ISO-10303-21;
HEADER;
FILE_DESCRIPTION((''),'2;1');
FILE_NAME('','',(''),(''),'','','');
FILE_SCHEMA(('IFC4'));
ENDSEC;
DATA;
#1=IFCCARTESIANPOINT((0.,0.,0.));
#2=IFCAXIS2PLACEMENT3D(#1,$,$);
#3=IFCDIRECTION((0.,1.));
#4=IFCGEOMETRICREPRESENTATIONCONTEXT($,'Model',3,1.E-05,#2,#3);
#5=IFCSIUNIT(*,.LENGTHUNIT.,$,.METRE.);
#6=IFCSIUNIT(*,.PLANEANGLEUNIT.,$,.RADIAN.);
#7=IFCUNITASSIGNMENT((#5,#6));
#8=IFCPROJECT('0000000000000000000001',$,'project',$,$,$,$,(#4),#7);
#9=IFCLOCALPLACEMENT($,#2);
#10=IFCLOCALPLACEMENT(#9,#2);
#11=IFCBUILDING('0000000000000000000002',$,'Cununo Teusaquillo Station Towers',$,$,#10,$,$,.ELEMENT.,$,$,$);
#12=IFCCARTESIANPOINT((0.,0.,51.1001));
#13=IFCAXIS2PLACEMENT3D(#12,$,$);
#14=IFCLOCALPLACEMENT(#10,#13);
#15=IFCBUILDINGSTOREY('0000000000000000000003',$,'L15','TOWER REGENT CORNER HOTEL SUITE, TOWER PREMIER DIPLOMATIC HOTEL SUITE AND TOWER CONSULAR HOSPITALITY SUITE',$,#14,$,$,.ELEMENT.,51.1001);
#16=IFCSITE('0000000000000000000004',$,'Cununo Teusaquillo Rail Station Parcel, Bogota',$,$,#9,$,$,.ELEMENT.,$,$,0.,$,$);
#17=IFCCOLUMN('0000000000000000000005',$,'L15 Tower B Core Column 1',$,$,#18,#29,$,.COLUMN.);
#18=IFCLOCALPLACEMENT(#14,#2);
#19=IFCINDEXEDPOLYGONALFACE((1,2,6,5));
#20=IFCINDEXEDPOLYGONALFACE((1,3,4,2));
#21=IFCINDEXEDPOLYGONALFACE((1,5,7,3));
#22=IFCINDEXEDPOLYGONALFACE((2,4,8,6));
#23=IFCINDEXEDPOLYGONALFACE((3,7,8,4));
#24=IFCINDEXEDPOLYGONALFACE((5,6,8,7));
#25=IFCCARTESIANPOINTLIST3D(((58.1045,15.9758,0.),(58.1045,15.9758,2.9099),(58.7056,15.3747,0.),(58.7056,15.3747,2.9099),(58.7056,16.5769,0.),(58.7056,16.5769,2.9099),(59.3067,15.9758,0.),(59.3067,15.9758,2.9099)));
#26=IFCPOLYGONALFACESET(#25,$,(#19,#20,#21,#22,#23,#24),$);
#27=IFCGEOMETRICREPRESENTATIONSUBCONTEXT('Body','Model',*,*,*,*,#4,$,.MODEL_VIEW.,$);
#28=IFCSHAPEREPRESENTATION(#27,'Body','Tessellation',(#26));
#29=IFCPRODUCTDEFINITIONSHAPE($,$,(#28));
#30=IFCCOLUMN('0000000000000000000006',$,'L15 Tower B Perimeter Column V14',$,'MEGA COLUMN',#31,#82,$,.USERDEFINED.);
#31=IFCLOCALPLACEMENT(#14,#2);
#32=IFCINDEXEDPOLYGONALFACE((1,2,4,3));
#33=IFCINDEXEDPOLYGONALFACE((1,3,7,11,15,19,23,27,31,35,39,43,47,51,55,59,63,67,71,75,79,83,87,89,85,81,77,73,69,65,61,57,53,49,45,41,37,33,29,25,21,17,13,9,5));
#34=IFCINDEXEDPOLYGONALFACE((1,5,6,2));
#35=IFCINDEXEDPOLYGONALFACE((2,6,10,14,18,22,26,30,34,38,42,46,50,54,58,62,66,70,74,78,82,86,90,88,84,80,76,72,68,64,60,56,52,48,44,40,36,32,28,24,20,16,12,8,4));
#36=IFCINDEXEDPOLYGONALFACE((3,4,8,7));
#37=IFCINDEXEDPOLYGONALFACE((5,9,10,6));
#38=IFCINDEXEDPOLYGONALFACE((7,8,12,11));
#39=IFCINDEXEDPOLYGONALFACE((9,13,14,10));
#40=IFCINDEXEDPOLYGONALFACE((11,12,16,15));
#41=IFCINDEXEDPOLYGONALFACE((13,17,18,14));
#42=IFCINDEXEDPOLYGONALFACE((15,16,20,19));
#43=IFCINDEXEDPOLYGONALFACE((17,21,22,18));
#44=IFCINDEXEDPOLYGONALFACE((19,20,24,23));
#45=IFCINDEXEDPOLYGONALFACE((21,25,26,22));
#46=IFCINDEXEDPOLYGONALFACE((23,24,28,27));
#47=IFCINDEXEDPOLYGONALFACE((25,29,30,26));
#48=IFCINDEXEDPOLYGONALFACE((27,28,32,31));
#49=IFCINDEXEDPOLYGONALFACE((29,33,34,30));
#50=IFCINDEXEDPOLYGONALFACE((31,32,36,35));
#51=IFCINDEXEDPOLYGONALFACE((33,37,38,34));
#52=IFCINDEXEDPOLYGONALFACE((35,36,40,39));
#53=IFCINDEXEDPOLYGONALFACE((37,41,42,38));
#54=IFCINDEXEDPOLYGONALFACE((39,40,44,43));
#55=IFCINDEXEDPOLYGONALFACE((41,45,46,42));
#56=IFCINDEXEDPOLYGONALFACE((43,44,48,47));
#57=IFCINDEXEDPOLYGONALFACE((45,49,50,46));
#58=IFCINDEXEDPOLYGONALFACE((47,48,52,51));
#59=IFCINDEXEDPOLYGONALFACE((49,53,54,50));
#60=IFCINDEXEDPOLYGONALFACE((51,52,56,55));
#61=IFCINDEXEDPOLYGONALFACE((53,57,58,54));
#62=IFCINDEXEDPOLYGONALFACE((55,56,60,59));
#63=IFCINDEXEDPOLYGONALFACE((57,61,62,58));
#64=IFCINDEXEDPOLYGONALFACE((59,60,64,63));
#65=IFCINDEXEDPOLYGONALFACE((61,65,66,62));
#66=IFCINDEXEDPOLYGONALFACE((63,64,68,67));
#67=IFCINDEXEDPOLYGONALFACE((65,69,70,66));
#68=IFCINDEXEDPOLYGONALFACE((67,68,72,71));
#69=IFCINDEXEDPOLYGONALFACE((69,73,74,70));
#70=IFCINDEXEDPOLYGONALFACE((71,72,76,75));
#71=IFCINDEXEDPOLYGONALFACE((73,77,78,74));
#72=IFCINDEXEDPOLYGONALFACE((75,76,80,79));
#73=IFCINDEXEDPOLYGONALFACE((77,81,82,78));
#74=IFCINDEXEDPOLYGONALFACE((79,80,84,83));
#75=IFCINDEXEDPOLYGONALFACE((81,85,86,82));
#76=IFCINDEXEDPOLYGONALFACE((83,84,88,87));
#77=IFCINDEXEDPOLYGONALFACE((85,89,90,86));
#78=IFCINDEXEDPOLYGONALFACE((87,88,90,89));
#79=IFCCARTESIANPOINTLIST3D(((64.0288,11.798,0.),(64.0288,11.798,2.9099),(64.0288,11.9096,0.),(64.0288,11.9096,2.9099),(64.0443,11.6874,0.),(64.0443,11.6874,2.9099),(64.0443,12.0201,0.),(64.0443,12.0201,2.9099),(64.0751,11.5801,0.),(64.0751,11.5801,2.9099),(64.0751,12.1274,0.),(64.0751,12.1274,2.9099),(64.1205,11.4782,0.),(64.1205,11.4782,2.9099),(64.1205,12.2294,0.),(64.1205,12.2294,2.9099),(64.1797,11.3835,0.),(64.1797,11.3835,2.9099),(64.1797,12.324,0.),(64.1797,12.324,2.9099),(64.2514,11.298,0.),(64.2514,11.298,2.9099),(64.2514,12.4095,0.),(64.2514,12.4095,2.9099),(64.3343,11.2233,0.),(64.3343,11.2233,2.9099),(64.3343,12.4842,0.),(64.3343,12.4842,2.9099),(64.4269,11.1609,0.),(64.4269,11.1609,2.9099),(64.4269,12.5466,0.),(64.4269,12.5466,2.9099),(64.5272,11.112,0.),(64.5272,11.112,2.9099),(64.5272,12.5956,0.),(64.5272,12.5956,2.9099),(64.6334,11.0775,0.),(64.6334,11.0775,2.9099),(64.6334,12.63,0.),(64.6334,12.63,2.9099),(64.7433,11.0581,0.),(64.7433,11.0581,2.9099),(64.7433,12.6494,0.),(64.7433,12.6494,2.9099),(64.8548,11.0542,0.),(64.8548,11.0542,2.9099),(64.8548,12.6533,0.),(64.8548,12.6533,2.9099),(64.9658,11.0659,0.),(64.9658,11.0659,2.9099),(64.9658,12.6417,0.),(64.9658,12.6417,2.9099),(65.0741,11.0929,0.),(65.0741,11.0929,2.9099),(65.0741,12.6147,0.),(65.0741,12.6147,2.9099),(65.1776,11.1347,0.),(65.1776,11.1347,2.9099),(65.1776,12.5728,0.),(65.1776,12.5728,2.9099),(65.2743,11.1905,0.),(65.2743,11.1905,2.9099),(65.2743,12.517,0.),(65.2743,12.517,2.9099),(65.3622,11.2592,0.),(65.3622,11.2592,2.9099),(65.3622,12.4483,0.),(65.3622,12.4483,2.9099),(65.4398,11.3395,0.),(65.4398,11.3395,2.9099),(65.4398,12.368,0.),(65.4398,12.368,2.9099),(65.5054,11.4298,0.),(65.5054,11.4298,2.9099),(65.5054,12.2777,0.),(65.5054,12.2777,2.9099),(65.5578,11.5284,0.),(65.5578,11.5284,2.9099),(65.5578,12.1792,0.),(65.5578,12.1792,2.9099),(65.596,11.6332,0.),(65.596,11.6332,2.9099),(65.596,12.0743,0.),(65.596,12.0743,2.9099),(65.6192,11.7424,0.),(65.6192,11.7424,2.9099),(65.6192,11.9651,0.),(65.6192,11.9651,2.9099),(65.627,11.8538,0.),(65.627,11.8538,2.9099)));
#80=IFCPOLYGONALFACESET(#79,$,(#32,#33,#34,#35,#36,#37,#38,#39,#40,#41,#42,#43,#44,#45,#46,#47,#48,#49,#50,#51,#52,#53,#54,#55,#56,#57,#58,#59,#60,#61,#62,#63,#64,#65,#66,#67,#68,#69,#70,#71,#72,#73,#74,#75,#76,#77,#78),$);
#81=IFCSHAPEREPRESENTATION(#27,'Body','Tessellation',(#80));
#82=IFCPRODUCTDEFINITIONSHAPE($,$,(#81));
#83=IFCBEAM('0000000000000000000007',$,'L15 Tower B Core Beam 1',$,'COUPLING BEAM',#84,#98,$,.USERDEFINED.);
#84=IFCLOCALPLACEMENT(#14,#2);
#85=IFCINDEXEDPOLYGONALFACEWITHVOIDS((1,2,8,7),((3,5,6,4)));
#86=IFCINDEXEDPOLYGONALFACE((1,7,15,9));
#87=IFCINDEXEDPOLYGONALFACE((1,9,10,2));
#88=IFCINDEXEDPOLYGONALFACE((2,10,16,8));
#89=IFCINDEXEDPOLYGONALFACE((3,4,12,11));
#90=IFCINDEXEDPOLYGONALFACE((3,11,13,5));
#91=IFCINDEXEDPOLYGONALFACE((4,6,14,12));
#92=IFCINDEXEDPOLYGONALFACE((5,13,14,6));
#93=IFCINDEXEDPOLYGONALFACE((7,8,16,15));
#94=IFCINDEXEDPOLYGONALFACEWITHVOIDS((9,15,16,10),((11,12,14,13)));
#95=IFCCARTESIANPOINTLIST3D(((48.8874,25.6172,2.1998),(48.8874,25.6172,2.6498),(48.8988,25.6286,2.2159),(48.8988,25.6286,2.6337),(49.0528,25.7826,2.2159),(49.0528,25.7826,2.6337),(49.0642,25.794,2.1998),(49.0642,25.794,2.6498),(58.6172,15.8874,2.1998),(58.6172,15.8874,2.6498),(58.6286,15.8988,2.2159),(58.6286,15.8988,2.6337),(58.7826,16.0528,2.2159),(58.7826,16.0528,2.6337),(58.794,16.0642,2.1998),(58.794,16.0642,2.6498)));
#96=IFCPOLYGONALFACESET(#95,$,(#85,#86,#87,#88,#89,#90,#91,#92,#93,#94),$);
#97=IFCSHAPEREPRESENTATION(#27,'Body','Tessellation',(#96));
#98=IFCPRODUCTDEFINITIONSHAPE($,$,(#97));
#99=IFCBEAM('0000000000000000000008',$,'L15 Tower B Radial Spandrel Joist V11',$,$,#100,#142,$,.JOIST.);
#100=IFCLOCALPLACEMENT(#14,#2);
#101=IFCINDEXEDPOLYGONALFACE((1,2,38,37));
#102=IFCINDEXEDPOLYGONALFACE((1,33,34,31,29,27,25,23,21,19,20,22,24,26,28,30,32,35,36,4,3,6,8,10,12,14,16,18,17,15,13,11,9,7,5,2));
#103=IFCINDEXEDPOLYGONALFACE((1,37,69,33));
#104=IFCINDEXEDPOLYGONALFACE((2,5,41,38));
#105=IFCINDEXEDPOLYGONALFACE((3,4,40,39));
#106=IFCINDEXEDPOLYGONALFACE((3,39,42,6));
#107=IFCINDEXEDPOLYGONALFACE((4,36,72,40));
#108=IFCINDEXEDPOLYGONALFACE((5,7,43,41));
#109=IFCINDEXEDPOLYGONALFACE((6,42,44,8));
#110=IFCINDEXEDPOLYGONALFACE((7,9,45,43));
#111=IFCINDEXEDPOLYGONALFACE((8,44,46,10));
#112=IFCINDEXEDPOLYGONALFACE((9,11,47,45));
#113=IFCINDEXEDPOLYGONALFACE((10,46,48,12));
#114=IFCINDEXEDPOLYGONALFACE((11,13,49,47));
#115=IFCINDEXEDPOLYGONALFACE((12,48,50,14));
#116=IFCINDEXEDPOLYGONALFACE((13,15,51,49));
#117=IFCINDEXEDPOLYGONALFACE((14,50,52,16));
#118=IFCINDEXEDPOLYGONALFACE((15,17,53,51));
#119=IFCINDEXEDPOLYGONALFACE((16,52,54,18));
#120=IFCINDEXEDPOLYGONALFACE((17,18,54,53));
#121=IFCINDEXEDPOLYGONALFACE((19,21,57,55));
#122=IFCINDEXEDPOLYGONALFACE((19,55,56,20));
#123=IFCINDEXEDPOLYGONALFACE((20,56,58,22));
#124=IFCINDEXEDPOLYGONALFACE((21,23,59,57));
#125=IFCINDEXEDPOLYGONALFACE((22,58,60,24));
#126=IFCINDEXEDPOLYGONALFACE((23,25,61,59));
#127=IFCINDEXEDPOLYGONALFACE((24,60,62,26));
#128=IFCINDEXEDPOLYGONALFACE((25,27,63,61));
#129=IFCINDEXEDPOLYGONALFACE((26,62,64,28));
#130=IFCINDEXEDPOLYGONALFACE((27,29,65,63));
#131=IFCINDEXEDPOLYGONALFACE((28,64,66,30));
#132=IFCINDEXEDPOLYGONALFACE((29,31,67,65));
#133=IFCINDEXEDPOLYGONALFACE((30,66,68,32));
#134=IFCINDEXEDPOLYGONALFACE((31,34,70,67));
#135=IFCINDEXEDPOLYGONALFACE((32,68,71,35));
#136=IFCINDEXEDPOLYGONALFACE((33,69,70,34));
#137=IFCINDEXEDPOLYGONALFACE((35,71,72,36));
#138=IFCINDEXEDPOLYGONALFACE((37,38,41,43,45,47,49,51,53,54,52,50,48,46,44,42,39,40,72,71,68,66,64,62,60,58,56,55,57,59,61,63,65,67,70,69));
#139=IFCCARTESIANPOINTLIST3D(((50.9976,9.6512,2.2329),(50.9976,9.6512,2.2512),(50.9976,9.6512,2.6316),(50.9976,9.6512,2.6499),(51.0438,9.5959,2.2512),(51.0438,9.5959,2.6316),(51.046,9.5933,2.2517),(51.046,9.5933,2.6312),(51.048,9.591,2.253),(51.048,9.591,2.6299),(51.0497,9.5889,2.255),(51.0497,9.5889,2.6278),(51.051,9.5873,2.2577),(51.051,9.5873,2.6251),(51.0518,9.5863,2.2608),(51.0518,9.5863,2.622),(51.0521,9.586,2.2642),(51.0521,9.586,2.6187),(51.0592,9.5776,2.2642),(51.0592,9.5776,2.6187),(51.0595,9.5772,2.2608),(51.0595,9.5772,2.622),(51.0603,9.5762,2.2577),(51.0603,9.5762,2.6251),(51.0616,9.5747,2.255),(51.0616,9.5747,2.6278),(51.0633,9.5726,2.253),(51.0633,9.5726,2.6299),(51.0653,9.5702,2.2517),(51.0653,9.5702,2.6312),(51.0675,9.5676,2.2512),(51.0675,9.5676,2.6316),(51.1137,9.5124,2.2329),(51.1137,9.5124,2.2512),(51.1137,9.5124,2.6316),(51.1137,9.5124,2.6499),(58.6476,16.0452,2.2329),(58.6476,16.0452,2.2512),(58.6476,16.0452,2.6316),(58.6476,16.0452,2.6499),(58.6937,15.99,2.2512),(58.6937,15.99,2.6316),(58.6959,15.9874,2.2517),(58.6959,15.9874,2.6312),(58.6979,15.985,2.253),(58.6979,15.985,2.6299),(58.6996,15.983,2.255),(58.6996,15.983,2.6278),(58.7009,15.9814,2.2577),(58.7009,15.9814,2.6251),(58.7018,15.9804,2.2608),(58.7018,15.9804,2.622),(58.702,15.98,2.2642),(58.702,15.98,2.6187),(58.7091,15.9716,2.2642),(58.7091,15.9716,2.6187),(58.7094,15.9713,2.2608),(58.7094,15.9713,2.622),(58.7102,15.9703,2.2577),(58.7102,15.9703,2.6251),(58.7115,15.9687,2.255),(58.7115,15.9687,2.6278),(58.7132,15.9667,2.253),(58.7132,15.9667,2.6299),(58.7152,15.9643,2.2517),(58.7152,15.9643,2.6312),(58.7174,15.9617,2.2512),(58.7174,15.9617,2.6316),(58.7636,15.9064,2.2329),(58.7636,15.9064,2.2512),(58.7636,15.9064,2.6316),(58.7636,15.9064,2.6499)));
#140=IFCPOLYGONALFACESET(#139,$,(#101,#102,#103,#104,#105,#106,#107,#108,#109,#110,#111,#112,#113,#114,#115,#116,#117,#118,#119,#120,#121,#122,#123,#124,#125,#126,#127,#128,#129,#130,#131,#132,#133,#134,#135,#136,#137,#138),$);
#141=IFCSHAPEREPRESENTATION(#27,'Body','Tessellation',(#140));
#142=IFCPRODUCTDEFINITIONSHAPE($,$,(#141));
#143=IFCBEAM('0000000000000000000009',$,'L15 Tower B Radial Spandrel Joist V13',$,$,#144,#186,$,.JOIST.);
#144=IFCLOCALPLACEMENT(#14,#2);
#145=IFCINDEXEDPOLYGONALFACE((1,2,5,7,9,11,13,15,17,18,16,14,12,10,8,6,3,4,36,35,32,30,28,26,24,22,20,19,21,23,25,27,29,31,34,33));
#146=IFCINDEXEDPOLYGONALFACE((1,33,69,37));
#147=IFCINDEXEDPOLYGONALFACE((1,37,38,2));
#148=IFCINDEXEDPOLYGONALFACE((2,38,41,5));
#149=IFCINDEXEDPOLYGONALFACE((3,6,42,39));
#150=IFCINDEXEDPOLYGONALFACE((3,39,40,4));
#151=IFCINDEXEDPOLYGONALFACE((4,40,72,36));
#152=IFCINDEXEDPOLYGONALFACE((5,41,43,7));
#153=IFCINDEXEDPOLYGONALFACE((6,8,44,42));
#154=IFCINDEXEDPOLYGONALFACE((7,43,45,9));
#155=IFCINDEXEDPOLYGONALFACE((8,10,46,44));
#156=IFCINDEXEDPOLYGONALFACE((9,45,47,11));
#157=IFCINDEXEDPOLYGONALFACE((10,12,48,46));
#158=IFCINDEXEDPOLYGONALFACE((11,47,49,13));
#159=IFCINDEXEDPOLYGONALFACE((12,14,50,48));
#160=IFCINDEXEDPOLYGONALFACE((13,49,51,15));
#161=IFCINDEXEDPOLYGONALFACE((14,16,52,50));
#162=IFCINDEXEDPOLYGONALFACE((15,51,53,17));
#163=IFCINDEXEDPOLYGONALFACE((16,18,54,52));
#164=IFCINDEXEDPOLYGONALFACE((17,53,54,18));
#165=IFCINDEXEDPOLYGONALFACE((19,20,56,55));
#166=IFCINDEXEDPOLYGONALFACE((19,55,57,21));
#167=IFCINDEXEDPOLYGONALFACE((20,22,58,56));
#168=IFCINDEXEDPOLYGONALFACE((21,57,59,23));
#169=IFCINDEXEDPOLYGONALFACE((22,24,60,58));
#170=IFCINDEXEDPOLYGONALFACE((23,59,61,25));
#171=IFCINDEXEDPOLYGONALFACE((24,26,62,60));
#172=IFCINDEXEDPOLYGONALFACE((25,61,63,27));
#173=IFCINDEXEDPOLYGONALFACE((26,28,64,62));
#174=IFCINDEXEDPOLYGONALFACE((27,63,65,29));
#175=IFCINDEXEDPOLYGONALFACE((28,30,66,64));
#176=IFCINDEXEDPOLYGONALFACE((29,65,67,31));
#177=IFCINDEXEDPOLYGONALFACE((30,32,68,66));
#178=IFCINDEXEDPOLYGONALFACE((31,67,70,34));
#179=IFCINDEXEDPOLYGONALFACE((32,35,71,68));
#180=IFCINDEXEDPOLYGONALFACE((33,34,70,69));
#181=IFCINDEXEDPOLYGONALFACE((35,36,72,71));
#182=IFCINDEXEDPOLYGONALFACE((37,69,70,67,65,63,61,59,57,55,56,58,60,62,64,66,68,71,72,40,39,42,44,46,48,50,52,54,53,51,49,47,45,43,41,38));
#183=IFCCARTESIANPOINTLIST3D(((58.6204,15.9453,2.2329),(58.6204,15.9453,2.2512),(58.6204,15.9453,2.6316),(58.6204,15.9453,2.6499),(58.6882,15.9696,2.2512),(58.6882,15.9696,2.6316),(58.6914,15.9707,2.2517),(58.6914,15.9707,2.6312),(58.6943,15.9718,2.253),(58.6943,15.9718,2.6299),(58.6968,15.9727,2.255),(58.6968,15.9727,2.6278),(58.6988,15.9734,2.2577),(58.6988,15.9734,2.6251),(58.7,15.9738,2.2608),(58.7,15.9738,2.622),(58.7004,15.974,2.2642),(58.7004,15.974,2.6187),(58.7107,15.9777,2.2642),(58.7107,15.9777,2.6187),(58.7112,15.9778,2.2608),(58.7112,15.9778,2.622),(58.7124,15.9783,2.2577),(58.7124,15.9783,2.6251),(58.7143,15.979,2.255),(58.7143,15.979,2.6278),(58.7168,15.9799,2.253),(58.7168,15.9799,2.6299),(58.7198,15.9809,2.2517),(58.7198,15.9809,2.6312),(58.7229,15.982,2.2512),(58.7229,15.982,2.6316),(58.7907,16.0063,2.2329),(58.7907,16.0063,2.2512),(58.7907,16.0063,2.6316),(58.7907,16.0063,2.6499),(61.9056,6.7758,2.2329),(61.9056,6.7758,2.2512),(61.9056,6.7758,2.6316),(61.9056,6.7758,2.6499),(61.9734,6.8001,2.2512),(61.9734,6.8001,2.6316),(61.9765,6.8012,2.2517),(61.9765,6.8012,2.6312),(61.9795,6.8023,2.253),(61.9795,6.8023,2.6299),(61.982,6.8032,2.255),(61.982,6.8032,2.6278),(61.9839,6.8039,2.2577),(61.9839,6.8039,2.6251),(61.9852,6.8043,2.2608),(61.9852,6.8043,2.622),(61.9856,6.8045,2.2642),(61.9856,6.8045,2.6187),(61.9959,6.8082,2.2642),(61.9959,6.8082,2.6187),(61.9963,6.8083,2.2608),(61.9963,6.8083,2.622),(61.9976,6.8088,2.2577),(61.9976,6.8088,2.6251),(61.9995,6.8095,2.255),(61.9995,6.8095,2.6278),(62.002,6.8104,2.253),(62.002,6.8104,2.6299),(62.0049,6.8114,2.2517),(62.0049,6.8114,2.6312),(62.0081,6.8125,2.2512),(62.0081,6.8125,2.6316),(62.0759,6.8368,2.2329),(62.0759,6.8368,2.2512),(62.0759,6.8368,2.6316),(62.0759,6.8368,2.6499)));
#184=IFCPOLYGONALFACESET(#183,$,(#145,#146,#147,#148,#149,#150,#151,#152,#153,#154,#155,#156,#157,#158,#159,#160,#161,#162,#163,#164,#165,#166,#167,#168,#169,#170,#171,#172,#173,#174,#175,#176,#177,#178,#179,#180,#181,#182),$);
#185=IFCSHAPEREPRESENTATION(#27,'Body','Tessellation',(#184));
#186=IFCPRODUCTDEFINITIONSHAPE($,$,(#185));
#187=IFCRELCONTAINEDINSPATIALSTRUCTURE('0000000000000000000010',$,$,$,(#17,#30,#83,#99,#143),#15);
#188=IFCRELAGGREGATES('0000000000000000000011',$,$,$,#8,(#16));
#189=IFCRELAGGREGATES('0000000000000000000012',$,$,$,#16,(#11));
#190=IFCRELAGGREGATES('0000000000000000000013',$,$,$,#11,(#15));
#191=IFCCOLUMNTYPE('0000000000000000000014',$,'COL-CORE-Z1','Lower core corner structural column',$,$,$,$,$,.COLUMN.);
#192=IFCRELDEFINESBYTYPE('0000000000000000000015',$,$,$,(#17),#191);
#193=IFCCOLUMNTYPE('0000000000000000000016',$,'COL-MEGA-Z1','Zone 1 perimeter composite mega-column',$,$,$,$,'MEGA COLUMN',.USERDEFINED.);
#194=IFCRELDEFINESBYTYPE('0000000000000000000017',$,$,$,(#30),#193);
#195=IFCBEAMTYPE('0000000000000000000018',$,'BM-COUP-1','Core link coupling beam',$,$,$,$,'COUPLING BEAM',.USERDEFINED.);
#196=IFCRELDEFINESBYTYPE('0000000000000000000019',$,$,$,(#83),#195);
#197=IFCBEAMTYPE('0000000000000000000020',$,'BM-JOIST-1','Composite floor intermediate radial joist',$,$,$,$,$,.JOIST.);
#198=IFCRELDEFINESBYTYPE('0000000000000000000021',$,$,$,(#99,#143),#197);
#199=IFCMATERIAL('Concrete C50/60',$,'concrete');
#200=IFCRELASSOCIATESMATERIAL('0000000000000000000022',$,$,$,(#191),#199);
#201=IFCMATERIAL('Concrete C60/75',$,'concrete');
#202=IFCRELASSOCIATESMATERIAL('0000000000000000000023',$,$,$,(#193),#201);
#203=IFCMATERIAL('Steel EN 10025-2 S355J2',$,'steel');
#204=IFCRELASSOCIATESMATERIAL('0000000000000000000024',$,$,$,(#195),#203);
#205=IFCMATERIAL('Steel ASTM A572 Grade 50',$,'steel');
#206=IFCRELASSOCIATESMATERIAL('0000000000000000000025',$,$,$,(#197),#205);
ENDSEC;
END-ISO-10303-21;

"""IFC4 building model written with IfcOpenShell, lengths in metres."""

from ifc_helpers import new_model, si_unit, direction, frame, origin, origin_2d, place, context, subcontext, project, spatial, rectangle, hollow_rectangle, circle, i_section, extrude, material, material_profile, profile_set, type_object, element, save


model = new_model("IFC4")

# Units and contexts
model_context = context("Model", 3, precision=1e-05, world=origin(), true_north=direction((0.0, 1.0)))
body_context = subcontext(model_context, "Body", "Model", "MODEL_VIEW")
ifc_project = project(units=[si_unit("LENGTHUNIT", "METRE"), si_unit("PLANEANGLEUNIT", "RADIAN")], contexts=[model_context])

# Site, building, storey
site_placement = place(None, origin())
site = spatial("IfcSite", under=ifc_project, at=site_placement, Name="Cununo Teusaquillo Rail Station Parcel, Bogota", CompositionType="ELEMENT", RefElevation=0.0)
building_placement = place(site_placement, origin())
building = spatial("IfcBuilding", under=site, at=building_placement, Name="Cununo Teusaquillo Station Towers", CompositionType="ELEMENT")
storey_placement = place(building_placement, frame((0.0, 0.0, 51.1001)))
storey = spatial("IfcBuildingStorey", under=building, at=storey_placement, Name="L15", Description="TOWER REGENT CORNER HOTEL SUITE, TOWER PREMIER DIPLOMATIC HOTEL SUITE AND TOWER CONSULAR HOSPITALITY SUITE", CompositionType="ELEMENT", Elevation=51.1001)

# Columns
ifc_material_1 = material(Name="Concrete C50/60", Category="concrete")
ifc_material_profile_1 = material_profile(ifc_material_1, rectangle(XDim=0.8501, YDim=0.8501, at=origin_2d()), Name="RC-RECT-850x850")
ifc_profile_set_1 = profile_set([ifc_material_profile_1], Name="Concrete C50/60")
column_type_1 = type_object("IfcColumnType", Name="COL-CORE-Z1", Description="Lower core corner structural column", PredefinedType="COLUMN", material=ifc_profile_set_1)
column_1_placement = place(storey_placement, frame((58.7056, 15.9758, 0.0), z_axis=(0.0, 0.0, 1.0), x_axis=(0.707107, 0.707107, 0.0)))
element("IfcColumn", 1, at=column_1_placement, inside=storey, type_object=column_type_1, Name="L15 Tower B Core Column 1", PredefinedType="COLUMN", context=body_context, shape_type="SweptSolid", body=[
    extrude(rectangle(XDim=0.8501, YDim=0.8501, at=origin_2d()), origin(), (0.0, 0.0, 1.0), 2.9099),
])
ifc_material_2 = material(Name="Concrete C60/75", Category="concrete")
ifc_material_profile_2 = material_profile(ifc_material_2, circle(Radius=0.8, at=origin_2d()), Name="RC-CIRC-1600")
ifc_profile_set_2 = profile_set([ifc_material_profile_2], Name="Concrete C60/75")
column_type_2 = type_object("IfcColumnType", Name="COL-MEGA-Z1", Description="Zone 1 perimeter composite mega-column", ElementType="MEGA COLUMN", PredefinedType="USERDEFINED", material=ifc_profile_set_2)
column_2_placement = place(storey_placement, frame((64.8269, 11.8538, 0.0), z_axis=(0.0, 0.0, 1.0), x_axis=(1.0, 0.0, 0.0)))
element("IfcColumn", 2, at=column_2_placement, inside=storey, type_object=column_type_2, Name="L15 Tower B Perimeter Column V14", ObjectType="MEGA COLUMN", PredefinedType="USERDEFINED", context=body_context, shape_type="SweptSolid", body=[
    extrude(circle(Radius=0.8, at=origin_2d()), origin(), (0.0, 0.0, 1.0), 2.9099),
])

# Beams
ifc_material_3 = material(Name="Steel EN 10025-2 S355J2", Category="steel")
ifc_material_profile_3 = material_profile(ifc_material_3, hollow_rectangle(XDim=0.25, YDim=0.45, WallThickness=0.0161, at=origin_2d()), Name="RHS 450x250x16")
ifc_profile_set_3 = profile_set([ifc_material_profile_3], Name="Steel EN 10025-2 S355J2")
beam_type_1 = type_object("IfcBeamType", Name="BM-COUP-1", Description="Core link coupling beam", ElementType="COUPLING BEAM", PredefinedType="USERDEFINED", material=ifc_profile_set_3)
beam_1_placement = place(storey_placement, frame((58.7056, 15.9758, 2.4248), z_axis=(-0.707107, 0.707107, 0.0), x_axis=(-0.707107, -0.707107, 0.0)))
element("IfcBeam", 3, at=beam_1_placement, inside=storey, type_object=beam_type_1, Name="L15 Tower B Core Beam 1", ObjectType="COUPLING BEAM", PredefinedType="USERDEFINED", context=body_context, shape_type="SweptSolid", body=[
    extrude(hollow_rectangle(XDim=0.25, YDim=0.45, WallThickness=0.0161, at=origin_2d()), origin(), (0.0, 0.0, 1.0), 13.76),
])
ifc_material_4 = material(Name="Steel ASTM A572 Grade 50", Category="steel")
ifc_material_profile_4 = material_profile(ifc_material_4, i_section(OverallWidth=0.1809, OverallDepth=0.417, WebThickness=0.011, FlangeThickness=0.0183, FilletRadius=0.0129, at=origin_2d()), Name="W16X57")
ifc_profile_set_4 = profile_set([ifc_material_profile_4], Name="Steel ASTM A572 Grade 50")
beam_type_2 = type_object("IfcBeamType", Name="BM-JOIST-1", Description="Composite floor intermediate radial joist", PredefinedType="JOIST", material=ifc_profile_set_4)
beam_2_placement = place(storey_placement, frame((58.7056, 15.9758, 2.4414), z_axis=(-0.767277, -0.641316, 0.0), x_axis=(0.641316, -0.767277, 0.0)))
element("IfcBeam", 4, at=beam_2_placement, inside=storey, type_object=beam_type_2, Name="L15 Tower B Radial Spandrel Joist V11", PredefinedType="JOIST", context=body_context, shape_type="SweptSolid", body=[
    extrude(i_section(OverallWidth=0.1809, OverallDepth=0.417, WebThickness=0.011, FlangeThickness=0.0183, FilletRadius=0.0129, at=origin_2d()), origin(), (0.0, 0.0, 1.0), 9.9702),
])
beam_3_placement = place(storey_placement, frame((58.7056, 15.9758, 2.4414), z_axis=(0.337279, -0.941405, 0.0), x_axis=(0.941405, 0.337279, 0.0)))
element("IfcBeam", 5, at=beam_3_placement, inside=storey, type_object=beam_type_2, Name="L15 Tower B Radial Spandrel Joist V13", PredefinedType="JOIST", context=body_context, shape_type="SweptSolid", body=[
    extrude(i_section(OverallWidth=0.1809, OverallDepth=0.417, WebThickness=0.011, FlangeThickness=0.0183, FilletRadius=0.0129, at=origin_2d()), origin(), (0.0, 0.0, 1.0), 9.7402),
])

save(model, "model.ifc")
